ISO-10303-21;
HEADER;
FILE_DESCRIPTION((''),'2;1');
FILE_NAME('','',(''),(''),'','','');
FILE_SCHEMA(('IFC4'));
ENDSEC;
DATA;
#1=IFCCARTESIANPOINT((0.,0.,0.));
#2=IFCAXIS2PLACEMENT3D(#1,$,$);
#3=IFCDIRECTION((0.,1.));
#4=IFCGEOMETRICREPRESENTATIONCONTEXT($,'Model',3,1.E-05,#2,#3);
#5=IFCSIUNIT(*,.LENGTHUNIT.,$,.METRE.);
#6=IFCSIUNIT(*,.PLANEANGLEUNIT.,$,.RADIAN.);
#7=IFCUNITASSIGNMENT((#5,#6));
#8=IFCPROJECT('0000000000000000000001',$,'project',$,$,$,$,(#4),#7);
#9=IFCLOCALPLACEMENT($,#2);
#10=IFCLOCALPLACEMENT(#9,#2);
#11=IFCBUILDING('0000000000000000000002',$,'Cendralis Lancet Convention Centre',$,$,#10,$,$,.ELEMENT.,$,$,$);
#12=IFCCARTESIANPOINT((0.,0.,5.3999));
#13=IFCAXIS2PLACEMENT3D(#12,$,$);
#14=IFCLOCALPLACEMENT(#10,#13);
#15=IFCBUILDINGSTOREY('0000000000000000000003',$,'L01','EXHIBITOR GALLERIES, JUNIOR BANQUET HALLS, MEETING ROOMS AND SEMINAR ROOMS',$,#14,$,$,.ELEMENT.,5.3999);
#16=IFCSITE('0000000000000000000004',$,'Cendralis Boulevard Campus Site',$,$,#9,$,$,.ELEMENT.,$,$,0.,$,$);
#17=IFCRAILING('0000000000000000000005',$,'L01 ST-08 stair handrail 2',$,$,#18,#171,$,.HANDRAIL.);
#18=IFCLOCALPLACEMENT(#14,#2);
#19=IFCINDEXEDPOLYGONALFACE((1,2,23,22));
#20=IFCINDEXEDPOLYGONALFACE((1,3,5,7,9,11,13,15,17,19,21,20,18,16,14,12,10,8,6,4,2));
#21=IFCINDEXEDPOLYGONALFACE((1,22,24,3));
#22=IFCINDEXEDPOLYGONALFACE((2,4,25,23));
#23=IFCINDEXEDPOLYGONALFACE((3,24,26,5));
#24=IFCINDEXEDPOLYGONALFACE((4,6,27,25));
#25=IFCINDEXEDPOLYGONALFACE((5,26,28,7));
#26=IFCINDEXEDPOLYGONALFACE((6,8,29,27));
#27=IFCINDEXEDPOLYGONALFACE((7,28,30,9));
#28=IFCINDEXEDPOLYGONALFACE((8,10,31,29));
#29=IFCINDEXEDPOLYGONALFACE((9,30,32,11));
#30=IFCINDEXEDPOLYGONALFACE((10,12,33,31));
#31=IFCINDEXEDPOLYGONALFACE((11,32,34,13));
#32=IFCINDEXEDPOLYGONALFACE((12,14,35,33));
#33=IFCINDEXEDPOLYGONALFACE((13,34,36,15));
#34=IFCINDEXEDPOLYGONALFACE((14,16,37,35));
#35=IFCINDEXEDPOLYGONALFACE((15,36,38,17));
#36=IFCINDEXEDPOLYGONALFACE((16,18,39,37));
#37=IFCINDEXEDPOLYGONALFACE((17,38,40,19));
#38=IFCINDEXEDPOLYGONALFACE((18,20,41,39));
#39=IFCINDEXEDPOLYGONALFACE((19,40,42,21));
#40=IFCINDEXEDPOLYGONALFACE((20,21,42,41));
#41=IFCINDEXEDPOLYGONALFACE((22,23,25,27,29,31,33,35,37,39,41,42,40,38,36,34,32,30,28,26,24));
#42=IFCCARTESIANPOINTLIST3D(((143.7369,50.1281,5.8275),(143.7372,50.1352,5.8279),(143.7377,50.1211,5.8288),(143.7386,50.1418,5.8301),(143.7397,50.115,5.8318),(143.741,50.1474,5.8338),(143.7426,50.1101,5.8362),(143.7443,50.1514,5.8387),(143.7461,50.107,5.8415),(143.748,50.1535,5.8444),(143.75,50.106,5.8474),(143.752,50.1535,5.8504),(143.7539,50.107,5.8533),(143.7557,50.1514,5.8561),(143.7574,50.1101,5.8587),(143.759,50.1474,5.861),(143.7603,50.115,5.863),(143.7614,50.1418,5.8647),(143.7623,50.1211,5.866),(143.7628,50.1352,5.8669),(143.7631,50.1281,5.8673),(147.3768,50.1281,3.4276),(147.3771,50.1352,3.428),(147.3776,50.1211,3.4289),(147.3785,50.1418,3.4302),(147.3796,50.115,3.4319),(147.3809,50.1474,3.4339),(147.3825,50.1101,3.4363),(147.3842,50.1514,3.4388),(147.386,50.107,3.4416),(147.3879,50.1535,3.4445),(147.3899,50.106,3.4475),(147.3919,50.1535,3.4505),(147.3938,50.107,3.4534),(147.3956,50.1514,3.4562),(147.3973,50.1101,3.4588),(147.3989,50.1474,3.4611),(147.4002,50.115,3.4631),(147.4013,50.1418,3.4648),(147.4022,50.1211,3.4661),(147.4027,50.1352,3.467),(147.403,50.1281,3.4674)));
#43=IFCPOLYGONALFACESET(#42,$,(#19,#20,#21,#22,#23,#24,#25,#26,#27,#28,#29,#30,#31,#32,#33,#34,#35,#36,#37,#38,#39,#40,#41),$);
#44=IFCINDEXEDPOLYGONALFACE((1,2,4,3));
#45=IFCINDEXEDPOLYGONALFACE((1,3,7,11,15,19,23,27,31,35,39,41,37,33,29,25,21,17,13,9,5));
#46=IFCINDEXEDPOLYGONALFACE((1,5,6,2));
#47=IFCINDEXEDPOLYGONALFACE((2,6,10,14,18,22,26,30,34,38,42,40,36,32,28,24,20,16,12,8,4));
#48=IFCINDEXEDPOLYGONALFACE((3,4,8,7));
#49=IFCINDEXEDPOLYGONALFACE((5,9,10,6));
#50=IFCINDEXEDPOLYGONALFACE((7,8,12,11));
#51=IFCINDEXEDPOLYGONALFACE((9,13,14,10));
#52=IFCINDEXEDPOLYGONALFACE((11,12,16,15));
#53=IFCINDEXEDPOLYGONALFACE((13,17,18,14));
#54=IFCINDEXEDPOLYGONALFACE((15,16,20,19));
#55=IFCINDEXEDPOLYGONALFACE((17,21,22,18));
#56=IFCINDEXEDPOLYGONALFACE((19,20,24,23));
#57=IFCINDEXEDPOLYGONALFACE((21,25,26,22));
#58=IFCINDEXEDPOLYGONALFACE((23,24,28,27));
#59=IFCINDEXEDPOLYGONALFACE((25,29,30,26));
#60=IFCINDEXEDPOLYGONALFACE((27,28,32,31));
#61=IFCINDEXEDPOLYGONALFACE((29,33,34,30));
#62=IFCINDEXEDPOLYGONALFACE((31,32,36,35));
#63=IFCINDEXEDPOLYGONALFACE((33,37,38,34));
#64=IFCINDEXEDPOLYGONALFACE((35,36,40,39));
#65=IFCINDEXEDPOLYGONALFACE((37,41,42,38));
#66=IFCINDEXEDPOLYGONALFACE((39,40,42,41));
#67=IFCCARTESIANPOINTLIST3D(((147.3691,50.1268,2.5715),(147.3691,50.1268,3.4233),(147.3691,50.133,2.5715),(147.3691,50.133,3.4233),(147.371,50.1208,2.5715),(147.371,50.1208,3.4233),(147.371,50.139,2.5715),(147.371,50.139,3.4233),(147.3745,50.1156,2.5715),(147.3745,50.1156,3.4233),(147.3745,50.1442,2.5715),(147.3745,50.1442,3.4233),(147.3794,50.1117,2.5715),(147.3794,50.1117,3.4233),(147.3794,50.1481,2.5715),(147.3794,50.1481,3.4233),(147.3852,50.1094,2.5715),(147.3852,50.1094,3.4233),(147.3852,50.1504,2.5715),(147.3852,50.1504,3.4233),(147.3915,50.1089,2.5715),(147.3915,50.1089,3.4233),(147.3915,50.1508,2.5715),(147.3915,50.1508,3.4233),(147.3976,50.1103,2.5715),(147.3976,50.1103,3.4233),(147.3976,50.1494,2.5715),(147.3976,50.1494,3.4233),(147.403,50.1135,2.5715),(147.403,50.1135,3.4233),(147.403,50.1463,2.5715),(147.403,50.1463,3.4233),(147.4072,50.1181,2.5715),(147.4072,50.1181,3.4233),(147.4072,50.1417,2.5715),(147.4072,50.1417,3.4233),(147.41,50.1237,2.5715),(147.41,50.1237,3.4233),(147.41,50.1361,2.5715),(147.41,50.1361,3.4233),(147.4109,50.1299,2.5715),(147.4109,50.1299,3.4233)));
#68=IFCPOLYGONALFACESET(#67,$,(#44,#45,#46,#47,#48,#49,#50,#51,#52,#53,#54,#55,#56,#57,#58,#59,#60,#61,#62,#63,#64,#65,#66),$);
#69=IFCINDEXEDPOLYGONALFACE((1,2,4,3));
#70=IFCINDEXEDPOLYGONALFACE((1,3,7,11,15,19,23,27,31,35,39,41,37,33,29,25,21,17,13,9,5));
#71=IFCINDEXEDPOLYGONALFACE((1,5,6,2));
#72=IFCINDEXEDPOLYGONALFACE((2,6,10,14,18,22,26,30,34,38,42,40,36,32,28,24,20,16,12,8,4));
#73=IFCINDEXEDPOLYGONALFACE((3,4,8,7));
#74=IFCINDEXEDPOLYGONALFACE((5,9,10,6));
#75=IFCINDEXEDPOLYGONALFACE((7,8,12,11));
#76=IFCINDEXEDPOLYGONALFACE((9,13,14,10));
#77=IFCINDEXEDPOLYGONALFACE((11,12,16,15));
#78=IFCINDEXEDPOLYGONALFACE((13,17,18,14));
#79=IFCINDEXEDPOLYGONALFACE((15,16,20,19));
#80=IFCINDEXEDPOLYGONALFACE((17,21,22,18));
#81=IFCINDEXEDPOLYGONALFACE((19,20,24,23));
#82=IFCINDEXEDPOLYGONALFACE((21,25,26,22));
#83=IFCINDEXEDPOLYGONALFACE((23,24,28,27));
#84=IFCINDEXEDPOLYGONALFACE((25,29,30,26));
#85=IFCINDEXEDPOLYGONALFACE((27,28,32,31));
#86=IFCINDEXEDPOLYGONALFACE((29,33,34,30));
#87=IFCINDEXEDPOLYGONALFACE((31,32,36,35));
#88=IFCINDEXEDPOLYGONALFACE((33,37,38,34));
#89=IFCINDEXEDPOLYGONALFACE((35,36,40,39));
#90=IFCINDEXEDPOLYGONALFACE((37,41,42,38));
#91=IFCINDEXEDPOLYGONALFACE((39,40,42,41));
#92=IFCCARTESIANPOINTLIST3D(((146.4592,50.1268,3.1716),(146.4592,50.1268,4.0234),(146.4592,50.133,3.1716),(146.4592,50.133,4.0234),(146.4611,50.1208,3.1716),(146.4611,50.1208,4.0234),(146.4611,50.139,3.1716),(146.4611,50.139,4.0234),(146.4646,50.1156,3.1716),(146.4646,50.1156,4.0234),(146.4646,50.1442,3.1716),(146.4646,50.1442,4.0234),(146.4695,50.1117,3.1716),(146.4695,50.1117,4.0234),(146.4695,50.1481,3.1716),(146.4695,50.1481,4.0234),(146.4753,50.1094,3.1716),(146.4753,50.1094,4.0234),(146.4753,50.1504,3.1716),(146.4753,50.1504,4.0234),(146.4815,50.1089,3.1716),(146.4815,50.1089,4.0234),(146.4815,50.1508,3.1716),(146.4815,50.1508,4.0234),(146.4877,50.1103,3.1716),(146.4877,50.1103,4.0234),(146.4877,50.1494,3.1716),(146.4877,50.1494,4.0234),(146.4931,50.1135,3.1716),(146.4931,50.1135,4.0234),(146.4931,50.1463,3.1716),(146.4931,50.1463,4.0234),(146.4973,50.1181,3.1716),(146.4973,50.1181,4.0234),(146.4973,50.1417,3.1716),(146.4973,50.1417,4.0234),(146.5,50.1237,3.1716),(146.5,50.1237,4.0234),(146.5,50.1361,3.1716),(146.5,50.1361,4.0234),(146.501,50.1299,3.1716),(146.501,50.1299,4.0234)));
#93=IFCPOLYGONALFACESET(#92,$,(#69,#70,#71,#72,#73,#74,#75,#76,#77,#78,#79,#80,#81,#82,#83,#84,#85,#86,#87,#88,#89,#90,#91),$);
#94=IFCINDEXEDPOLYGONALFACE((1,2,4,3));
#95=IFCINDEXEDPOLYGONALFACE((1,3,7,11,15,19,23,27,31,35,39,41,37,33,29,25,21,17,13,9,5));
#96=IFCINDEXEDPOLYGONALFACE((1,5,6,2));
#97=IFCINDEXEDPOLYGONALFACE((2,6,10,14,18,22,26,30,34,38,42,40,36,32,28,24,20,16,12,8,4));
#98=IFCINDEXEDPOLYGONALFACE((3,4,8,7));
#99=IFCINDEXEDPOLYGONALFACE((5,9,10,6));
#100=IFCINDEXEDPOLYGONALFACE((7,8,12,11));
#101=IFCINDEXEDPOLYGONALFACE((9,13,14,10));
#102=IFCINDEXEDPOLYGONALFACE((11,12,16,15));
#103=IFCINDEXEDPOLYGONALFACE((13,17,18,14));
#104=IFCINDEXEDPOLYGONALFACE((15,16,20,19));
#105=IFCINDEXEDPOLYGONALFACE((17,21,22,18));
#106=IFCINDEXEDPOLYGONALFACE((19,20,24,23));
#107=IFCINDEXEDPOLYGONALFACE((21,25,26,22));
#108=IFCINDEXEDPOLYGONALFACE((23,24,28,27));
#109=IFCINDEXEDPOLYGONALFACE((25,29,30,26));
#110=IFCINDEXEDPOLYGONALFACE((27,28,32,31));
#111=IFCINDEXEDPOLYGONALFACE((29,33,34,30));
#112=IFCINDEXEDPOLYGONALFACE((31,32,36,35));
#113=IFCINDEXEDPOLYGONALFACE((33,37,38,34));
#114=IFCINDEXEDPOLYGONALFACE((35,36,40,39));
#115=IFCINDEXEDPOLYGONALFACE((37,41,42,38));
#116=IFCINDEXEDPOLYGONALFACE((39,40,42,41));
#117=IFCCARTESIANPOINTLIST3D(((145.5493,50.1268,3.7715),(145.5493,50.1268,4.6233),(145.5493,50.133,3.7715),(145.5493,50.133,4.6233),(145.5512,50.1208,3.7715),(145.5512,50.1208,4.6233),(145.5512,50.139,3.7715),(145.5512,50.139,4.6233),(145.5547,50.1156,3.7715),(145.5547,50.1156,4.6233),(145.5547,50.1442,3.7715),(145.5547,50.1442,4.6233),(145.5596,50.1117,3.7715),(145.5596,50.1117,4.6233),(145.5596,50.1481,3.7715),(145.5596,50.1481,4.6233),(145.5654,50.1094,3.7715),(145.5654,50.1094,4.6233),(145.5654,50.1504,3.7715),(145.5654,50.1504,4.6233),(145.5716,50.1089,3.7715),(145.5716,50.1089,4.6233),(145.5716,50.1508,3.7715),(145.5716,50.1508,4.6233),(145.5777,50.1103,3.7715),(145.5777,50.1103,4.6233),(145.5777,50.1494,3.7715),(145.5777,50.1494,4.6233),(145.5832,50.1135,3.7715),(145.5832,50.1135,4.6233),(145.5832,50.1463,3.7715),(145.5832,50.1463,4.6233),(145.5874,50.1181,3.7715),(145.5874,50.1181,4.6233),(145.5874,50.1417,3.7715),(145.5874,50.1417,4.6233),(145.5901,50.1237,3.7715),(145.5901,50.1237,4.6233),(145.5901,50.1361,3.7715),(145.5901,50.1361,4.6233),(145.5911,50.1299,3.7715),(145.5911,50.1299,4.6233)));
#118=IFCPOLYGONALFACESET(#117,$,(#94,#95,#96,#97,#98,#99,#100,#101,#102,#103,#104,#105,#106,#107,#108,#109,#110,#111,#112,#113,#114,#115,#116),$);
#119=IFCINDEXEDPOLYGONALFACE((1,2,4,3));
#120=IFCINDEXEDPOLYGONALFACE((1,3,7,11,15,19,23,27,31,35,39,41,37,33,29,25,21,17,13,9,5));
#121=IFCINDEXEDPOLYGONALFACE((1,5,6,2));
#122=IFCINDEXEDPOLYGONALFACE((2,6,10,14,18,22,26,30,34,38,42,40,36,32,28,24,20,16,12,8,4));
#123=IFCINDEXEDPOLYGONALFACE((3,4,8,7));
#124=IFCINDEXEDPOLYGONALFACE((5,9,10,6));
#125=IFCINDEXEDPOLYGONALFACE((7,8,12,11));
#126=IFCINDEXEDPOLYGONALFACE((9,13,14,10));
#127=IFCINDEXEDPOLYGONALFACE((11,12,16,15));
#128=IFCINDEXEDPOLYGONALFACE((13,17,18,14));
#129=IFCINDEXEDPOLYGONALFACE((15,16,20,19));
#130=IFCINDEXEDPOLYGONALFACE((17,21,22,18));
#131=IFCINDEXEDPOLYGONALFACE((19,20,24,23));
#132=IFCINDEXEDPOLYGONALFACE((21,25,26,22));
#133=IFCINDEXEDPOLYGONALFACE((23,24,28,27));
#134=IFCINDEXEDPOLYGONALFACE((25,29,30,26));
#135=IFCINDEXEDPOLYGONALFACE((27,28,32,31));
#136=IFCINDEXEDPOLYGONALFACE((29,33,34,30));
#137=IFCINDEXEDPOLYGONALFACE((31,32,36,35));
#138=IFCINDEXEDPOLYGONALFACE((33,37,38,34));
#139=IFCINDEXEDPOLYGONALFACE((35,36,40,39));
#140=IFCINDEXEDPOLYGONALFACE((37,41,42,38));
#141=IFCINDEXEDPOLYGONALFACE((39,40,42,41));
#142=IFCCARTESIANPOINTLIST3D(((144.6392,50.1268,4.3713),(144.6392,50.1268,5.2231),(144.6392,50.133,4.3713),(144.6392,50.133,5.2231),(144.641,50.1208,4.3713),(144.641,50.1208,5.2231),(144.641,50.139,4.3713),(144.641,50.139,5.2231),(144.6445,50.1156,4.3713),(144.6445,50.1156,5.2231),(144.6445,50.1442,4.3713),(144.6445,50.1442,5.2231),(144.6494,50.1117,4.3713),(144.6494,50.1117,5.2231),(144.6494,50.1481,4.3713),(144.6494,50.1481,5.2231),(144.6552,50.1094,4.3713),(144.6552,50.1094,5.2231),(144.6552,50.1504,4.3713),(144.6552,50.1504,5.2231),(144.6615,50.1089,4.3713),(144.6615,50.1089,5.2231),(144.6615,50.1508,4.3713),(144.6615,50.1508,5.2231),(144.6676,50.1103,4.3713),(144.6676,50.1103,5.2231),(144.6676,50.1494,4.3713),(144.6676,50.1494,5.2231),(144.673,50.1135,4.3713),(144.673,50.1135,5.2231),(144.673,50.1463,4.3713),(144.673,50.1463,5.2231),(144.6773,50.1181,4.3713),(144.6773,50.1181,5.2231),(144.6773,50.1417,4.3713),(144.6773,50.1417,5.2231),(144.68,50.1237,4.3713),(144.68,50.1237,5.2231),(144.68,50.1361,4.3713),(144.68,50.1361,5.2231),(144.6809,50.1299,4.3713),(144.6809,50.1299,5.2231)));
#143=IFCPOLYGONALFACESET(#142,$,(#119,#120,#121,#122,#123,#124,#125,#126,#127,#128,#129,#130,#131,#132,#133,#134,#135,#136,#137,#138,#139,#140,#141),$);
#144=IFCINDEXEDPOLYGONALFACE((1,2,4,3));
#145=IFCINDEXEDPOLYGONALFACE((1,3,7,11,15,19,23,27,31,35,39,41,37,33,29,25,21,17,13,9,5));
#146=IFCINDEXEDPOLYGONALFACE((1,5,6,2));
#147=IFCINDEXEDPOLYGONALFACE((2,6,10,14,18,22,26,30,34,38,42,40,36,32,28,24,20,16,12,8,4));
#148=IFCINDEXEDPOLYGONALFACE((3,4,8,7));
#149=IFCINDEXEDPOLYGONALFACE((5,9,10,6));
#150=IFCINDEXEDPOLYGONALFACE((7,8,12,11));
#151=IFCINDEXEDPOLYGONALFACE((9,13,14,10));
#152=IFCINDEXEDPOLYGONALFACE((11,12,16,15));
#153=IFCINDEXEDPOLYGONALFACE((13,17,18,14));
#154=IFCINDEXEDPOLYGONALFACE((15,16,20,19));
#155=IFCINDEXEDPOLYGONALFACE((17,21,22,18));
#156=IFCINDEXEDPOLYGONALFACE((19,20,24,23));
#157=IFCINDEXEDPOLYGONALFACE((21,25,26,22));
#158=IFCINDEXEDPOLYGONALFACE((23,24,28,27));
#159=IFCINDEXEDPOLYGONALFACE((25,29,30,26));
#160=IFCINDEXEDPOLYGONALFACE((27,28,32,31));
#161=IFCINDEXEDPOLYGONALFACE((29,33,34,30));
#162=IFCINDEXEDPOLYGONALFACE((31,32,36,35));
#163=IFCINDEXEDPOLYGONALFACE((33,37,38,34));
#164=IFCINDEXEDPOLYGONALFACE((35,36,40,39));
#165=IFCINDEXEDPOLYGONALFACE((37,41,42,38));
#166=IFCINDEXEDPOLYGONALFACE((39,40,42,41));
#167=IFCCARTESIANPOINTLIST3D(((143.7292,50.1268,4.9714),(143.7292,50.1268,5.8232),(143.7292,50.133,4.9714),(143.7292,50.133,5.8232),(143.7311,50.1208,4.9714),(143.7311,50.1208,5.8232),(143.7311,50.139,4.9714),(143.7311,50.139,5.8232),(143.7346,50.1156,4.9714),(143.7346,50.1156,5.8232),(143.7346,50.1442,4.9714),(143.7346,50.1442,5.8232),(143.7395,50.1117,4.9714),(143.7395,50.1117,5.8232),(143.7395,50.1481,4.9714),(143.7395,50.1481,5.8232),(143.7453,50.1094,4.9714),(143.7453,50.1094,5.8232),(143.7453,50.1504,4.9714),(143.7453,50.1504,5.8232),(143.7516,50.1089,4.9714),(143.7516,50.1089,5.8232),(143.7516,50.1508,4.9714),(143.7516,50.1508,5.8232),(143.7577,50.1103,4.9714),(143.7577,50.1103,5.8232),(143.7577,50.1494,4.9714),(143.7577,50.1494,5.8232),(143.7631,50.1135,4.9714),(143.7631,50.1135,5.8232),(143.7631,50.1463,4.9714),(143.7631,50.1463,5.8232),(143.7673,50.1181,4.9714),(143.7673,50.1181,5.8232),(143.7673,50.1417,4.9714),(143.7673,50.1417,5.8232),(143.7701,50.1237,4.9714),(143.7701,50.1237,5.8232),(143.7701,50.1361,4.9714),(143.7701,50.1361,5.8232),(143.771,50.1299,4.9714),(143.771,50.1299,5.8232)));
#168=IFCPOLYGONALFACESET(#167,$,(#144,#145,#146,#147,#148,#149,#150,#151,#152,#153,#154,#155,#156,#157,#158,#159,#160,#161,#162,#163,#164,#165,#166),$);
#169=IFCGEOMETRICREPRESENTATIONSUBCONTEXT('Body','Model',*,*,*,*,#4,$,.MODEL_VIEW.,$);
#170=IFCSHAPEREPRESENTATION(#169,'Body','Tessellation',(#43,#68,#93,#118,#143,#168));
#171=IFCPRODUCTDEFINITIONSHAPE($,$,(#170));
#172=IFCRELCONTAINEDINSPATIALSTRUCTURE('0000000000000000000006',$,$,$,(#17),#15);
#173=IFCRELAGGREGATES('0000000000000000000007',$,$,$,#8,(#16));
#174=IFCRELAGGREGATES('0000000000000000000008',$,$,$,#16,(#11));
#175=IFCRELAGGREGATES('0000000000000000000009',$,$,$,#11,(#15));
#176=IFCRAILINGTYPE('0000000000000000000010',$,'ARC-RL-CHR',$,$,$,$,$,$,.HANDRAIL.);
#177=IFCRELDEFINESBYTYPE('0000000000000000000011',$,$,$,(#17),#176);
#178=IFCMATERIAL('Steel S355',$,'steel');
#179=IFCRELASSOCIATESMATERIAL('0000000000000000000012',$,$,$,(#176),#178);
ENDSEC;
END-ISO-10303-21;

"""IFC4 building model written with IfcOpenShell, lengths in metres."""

from ifc_helpers import new_model, si_unit, direction, frame, origin, origin_2d, place, context, subcontext, project, spatial, circle, extrude, material, type_object, element, save


model = new_model("IFC4")

# Units and contexts
model_context = context("Model", 3, precision=1e-05, world=origin(), true_north=direction((0.0, 1.0)))
body_context = subcontext(model_context, "Body", "Model", "MODEL_VIEW")
ifc_project = project(units=[si_unit("LENGTHUNIT", "METRE"), si_unit("PLANEANGLEUNIT", "RADIAN")], contexts=[model_context])

# Site, building, storey
site_placement = place(None, origin())
site = spatial("IfcSite", under=ifc_project, at=site_placement, Name="Cendralis Boulevard Campus Site", CompositionType="ELEMENT", RefElevation=0.0)
building_placement = place(site_placement, origin())
building = spatial("IfcBuilding", under=site, at=building_placement, Name="Cendralis Lancet Convention Centre", CompositionType="ELEMENT")
storey_placement = place(building_placement, frame((0.0, 0.0, 5.3999)))
storey = spatial("IfcBuildingStorey", under=building, at=storey_placement, Name="L01", Description="EXHIBITOR GALLERIES, JUNIOR BANQUET HALLS, MEETING ROOMS AND SEMINAR ROOMS", CompositionType="ELEMENT", Elevation=5.3999)

# Shared definitions
ifc_material_1 = material(Name="Steel S355", Category="steel")

# Railing
railing_type_1 = type_object("IfcRailingType", Name="ARC-RL-CHR", PredefinedType="HANDRAIL", material=ifc_material_1)
railing_1_placement = place(storey_placement, frame((147.3899, 50.1299, 2.5715)))
element("IfcRailing", 1, at=railing_1_placement, inside=storey, type_object=railing_type_1, Name="L01 ST-08 stair handrail 2", PredefinedType="HANDRAIL", context=body_context, shape_type="SweptSolid", body=[
    extrude(circle(Radius=0.0239, at=origin_2d()), frame((0.0, 0.0, 0.876), z_axis=(-0.834865, 0.0, 0.550454), x_axis=(0.0, -1.0, 0.0)), (0.0, 0.0, 1.0), 4.3599),
    extrude(circle(Radius=0.021, at=origin_2d()), origin(), (0.0, 0.0, 1.0), 0.8518),
    extrude(circle(Radius=0.021, at=origin_2d()), frame((-0.9099, 0.0, 0.6001)), (0.0, 0.0, 1.0), 0.8518),
    extrude(circle(Radius=0.021, at=origin_2d()), frame((-1.8198, 0.0, 1.2)), (0.0, 0.0, 1.0), 0.8518),
    extrude(circle(Radius=0.021, at=origin_2d()), frame((-2.73, 0.0, 1.7998)), (0.0, 0.0, 1.0), 0.8518),
    extrude(circle(Radius=0.021, at=origin_2d()), frame((-3.6399, 0.0, 2.3999)), (0.0, 0.0, 1.0), 0.8518),
])

save(model, "model.ifc")
